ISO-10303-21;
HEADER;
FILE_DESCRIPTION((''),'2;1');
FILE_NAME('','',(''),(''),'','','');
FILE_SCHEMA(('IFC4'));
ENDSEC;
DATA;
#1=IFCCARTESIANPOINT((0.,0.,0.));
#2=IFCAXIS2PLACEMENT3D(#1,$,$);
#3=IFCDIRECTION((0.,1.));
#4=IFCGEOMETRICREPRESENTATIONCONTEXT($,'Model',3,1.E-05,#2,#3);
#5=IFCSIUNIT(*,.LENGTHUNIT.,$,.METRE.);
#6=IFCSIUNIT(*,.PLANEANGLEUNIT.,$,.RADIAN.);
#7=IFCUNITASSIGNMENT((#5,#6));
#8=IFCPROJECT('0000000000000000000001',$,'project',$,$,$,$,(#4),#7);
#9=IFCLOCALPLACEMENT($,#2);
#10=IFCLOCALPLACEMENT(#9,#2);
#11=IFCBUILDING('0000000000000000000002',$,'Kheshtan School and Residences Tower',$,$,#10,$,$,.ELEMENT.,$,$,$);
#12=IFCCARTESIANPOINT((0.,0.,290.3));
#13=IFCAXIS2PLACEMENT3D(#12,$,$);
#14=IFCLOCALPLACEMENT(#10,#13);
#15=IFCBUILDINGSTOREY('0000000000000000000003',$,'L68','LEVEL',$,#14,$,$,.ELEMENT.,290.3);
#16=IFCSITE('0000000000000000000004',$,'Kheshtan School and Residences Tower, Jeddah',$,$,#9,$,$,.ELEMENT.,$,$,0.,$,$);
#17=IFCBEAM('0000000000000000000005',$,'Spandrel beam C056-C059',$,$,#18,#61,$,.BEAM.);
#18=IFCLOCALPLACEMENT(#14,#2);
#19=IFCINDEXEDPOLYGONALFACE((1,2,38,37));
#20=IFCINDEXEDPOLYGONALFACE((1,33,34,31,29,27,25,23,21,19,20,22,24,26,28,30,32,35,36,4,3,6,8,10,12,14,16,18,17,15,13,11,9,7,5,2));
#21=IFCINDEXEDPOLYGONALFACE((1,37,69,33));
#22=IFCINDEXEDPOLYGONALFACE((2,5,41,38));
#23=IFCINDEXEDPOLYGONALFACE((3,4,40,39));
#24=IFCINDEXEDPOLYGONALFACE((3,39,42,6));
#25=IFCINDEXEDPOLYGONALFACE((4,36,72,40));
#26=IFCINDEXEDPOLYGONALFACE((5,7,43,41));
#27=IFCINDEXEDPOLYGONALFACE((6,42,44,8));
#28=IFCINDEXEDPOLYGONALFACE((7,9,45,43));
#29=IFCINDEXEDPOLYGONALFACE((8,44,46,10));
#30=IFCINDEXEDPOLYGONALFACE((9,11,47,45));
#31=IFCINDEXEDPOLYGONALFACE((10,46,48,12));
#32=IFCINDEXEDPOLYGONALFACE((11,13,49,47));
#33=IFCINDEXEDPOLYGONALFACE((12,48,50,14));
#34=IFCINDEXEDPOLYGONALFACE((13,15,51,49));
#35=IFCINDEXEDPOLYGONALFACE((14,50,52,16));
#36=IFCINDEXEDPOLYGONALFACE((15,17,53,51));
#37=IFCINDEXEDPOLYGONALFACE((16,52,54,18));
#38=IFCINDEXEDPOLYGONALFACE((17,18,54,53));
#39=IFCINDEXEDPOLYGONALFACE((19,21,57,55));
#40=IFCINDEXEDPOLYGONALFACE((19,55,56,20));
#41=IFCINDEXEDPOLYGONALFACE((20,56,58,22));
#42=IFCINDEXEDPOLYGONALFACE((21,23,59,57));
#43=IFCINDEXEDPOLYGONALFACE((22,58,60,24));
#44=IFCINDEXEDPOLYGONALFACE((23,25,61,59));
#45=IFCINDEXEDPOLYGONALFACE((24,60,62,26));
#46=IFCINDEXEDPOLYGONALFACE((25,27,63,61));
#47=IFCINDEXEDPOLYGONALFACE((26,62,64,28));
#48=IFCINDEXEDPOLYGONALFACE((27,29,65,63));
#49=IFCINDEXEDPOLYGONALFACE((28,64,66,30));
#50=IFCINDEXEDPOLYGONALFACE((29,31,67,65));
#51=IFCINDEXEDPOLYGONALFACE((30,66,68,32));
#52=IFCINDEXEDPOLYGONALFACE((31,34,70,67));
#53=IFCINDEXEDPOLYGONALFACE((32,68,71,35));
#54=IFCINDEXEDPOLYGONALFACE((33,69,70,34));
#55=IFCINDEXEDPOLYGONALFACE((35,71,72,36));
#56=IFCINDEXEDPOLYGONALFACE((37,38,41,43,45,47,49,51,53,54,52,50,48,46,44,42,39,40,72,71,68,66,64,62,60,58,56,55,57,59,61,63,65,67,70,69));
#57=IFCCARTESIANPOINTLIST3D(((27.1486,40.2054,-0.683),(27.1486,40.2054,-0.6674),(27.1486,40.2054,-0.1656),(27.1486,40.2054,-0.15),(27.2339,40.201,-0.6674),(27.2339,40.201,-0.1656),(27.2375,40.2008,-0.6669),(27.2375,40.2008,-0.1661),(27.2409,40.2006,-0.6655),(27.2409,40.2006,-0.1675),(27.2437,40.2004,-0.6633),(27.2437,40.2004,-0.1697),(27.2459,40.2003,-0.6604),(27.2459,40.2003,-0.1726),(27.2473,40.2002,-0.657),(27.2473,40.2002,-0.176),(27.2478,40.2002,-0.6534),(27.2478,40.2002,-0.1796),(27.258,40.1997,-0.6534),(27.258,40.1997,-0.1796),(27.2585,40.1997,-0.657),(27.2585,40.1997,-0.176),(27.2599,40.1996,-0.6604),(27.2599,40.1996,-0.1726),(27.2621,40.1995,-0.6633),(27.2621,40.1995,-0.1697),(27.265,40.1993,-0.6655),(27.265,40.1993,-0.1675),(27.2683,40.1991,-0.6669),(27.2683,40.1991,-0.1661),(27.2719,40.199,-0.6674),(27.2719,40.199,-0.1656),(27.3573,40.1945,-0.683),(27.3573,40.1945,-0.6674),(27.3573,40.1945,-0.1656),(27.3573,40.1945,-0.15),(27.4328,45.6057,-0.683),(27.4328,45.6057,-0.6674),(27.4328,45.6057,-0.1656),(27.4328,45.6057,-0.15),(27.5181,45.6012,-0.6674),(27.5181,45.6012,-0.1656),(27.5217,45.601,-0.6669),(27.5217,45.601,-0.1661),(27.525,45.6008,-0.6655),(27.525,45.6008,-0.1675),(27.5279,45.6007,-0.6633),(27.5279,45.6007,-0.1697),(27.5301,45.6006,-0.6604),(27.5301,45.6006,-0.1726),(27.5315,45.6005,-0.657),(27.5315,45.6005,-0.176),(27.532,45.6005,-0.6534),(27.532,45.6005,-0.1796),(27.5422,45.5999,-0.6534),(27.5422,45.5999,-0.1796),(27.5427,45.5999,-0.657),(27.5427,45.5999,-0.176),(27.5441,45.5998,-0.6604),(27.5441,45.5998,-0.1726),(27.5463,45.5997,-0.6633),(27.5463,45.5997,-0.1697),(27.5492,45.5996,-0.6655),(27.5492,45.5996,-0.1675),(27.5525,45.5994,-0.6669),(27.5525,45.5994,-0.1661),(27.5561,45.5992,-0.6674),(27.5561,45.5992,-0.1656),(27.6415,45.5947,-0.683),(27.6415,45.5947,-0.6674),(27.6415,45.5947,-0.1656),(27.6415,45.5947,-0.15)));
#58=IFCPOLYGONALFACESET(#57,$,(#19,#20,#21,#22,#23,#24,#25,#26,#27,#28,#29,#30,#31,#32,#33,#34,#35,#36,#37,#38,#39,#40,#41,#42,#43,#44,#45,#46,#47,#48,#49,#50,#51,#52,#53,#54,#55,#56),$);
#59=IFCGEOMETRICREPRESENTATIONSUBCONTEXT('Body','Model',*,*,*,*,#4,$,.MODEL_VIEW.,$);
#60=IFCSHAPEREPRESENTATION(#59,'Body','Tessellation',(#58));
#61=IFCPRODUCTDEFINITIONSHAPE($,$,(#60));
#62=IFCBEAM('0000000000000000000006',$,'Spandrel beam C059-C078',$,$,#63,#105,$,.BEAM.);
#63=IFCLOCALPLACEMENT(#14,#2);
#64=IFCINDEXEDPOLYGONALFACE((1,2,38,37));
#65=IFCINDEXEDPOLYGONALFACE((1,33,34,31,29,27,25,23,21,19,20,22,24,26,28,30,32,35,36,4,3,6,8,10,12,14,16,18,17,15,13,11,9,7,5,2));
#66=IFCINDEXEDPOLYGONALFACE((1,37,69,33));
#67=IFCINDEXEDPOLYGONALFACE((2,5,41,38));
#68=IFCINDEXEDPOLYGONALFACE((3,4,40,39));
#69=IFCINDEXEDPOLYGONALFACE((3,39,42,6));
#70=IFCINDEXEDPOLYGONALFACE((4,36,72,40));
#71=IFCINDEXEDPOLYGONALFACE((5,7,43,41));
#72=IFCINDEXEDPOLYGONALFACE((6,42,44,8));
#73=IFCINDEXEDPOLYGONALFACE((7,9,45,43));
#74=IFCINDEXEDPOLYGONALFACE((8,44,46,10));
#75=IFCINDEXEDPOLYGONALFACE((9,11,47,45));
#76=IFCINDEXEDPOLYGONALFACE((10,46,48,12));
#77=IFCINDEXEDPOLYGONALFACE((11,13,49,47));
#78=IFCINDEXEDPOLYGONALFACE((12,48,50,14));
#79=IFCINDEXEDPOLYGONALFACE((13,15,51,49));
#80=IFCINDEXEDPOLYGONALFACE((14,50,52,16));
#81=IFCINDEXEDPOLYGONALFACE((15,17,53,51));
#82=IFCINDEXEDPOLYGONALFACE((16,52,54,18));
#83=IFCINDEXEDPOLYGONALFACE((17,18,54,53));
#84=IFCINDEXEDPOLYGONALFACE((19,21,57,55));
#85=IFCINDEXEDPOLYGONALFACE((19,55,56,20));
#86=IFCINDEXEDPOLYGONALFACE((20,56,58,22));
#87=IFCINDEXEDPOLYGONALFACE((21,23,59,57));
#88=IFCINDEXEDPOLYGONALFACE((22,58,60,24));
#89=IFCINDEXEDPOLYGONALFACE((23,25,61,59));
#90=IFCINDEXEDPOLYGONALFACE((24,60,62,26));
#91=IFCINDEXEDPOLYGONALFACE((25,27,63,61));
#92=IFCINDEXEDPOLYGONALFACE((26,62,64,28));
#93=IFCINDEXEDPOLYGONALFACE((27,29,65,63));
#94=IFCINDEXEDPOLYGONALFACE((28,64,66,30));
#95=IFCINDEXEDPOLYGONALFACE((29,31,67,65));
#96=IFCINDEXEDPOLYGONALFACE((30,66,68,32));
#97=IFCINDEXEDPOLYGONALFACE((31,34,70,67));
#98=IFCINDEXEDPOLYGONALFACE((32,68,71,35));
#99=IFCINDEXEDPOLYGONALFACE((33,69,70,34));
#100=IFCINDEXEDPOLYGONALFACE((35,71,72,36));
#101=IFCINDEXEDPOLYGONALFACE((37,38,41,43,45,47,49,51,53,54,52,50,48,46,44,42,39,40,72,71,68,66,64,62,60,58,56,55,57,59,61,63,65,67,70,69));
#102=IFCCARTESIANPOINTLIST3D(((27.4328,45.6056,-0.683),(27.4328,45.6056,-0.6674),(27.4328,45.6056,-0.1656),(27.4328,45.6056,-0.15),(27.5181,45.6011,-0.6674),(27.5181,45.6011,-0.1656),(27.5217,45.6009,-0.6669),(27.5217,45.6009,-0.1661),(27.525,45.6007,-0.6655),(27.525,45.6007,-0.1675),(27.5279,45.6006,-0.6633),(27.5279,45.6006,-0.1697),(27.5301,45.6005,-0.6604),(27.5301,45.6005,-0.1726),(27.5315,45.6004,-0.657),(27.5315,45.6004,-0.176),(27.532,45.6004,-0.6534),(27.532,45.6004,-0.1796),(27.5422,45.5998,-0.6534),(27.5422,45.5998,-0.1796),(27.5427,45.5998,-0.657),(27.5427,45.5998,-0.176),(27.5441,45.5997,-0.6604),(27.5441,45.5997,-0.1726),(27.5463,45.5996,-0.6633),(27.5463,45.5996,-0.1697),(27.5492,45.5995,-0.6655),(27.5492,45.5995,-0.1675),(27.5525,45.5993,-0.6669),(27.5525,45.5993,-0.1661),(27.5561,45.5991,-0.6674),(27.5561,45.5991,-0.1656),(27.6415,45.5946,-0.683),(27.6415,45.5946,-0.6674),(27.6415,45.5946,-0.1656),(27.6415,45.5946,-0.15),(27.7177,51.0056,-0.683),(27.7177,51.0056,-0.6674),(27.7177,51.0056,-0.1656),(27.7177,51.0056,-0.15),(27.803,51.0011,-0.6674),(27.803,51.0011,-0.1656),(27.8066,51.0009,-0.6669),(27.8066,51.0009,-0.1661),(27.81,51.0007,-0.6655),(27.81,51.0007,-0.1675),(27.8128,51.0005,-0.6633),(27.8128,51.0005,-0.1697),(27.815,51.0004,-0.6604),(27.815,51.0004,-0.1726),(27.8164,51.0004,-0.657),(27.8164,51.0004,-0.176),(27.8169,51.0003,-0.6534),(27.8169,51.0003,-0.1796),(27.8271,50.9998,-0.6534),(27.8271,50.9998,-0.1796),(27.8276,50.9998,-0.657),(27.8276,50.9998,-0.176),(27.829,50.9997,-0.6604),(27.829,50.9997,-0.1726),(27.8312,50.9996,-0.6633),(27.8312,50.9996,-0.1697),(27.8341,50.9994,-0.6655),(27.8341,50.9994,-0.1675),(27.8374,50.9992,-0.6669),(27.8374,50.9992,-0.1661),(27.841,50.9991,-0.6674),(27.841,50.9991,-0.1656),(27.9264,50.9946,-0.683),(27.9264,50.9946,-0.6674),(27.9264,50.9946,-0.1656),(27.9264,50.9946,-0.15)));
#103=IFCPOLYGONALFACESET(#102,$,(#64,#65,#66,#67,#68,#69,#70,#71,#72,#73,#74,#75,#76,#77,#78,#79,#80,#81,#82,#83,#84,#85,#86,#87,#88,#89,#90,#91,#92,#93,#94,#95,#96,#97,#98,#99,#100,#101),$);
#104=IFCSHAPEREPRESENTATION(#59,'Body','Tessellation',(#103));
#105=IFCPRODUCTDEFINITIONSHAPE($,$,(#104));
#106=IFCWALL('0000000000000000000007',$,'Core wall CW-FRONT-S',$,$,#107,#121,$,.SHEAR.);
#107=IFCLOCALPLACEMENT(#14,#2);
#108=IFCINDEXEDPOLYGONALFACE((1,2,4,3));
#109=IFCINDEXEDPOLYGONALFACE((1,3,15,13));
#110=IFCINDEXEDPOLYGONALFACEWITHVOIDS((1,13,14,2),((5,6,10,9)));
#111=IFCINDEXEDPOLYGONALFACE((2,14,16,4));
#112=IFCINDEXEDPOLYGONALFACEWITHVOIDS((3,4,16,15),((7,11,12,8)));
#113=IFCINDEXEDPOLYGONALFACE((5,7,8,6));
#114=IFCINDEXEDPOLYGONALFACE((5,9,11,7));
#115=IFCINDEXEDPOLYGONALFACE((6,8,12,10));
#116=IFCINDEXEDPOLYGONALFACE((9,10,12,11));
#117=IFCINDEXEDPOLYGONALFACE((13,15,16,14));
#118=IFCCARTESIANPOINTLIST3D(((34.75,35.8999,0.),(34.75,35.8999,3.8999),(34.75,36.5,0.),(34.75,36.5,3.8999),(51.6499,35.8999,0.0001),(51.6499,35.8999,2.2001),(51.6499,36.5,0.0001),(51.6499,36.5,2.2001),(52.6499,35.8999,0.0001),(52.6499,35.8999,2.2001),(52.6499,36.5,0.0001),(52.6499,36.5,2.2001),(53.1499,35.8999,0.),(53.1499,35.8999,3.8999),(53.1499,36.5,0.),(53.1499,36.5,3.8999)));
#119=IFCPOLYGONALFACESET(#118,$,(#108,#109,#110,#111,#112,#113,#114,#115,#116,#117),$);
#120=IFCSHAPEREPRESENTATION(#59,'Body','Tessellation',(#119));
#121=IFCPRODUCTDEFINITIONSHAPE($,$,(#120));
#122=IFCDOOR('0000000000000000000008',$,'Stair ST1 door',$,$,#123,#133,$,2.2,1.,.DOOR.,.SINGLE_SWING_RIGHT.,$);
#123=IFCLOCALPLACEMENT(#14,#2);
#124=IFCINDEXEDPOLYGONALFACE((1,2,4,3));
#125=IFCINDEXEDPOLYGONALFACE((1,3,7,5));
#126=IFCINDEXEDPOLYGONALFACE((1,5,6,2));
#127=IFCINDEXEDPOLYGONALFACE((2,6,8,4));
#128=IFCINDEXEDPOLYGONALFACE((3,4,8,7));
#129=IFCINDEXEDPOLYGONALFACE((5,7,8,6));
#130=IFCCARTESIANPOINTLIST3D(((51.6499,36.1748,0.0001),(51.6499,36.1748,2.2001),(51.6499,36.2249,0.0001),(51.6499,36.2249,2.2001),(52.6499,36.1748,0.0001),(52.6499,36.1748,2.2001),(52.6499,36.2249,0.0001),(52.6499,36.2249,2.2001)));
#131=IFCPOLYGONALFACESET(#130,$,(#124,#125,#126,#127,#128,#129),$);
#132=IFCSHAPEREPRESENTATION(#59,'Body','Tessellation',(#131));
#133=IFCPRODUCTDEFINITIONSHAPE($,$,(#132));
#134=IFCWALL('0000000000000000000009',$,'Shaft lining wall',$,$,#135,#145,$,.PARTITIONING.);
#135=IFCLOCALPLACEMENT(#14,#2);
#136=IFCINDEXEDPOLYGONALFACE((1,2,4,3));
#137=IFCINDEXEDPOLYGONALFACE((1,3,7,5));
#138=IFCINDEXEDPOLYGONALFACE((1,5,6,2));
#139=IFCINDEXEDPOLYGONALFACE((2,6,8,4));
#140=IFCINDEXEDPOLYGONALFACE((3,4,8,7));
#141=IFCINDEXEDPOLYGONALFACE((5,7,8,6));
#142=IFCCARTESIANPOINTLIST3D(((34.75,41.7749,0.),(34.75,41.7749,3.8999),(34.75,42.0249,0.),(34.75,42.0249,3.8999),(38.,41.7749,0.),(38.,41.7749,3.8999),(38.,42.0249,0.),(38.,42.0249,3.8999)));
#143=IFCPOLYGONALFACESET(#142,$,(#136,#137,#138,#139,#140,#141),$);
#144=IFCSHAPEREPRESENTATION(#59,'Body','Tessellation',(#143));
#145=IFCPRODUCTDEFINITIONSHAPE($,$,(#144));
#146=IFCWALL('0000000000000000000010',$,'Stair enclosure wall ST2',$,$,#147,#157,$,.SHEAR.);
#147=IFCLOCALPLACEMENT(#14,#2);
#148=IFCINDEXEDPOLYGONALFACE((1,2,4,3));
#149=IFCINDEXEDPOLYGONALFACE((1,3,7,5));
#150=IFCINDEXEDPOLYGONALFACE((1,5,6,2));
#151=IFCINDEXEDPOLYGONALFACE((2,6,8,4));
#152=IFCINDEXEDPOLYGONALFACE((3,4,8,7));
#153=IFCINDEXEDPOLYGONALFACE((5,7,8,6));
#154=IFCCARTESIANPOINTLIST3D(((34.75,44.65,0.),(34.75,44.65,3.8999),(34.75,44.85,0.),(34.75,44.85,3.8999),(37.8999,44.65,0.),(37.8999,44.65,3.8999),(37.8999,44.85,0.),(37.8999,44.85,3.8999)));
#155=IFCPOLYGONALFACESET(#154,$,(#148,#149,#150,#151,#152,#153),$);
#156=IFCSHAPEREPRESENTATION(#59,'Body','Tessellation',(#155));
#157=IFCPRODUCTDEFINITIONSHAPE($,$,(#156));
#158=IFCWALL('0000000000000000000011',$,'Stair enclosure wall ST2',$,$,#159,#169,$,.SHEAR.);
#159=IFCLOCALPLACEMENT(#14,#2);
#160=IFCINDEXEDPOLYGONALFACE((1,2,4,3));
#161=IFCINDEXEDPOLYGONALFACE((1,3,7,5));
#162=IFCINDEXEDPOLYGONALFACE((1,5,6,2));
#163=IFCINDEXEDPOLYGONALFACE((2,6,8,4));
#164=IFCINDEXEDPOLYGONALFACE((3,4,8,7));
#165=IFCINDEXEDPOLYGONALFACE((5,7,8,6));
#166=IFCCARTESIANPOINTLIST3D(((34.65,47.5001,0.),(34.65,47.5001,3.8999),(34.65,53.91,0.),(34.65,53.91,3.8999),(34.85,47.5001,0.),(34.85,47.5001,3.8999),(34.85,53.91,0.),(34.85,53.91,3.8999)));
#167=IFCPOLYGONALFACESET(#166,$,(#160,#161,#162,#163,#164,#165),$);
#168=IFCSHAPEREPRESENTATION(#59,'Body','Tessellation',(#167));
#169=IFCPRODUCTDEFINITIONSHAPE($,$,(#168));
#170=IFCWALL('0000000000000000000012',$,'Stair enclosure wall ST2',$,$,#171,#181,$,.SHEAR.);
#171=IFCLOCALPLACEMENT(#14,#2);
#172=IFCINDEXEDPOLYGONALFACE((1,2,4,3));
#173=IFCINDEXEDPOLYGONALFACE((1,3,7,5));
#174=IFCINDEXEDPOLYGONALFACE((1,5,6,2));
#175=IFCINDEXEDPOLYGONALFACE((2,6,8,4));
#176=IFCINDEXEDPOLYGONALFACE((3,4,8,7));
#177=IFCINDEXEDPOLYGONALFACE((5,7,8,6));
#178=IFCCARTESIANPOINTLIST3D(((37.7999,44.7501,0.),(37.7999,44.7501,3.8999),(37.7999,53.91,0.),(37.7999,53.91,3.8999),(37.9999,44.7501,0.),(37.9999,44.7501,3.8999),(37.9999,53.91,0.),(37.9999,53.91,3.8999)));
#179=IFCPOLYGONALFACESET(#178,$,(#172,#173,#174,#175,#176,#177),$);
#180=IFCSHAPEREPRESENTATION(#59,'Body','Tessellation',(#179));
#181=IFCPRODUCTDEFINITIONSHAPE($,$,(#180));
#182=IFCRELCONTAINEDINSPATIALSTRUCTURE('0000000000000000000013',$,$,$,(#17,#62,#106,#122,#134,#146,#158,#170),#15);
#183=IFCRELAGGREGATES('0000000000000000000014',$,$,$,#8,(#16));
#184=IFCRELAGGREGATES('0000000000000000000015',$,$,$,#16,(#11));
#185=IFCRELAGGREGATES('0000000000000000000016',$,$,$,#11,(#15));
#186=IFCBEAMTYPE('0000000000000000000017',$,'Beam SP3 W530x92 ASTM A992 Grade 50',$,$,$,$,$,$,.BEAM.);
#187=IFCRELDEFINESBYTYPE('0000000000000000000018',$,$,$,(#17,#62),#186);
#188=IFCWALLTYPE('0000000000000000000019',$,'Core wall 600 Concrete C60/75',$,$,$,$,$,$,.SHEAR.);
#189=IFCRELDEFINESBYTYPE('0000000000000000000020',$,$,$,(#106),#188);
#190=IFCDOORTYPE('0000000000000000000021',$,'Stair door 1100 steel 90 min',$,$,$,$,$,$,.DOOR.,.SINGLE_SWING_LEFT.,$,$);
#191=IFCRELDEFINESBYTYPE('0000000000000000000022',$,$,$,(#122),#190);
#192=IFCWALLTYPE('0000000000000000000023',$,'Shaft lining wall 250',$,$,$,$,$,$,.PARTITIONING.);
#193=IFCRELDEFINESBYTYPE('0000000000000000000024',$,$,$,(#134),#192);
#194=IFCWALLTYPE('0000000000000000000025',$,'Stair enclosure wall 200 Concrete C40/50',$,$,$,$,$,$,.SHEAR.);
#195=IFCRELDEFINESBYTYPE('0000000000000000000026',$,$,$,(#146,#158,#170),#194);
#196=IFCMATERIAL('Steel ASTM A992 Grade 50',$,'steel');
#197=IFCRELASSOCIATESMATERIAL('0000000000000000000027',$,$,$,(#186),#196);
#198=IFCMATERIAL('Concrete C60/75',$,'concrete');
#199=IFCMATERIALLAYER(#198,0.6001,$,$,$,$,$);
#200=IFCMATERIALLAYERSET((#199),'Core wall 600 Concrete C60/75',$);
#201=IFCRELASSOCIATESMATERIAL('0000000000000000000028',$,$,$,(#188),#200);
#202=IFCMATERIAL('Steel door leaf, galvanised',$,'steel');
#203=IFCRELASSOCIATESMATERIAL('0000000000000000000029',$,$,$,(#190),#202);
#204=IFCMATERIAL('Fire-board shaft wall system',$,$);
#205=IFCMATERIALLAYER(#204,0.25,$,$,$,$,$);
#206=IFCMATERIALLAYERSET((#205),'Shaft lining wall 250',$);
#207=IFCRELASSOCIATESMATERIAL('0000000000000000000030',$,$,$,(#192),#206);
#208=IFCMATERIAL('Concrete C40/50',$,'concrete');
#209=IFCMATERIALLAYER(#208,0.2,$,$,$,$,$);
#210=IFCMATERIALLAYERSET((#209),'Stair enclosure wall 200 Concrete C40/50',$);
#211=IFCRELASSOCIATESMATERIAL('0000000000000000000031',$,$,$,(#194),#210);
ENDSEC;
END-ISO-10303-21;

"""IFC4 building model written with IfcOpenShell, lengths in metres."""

from ifc_helpers import new_model, si_unit, direction, frame, frame_2d, origin, origin_2d, place, context, subcontext, project, spatial, rectangle, i_section, extrude, source, transform, mapped, material, layer, layer_set, material_profile, profile_set, type_object, element, fill, save


model = new_model("IFC4")

# Units and contexts
model_context = context("Model", 3, precision=1e-05, world=origin(), true_north=direction((0.0, 1.0)))
body_context = subcontext(model_context, "Body", "Model", "MODEL_VIEW")
ifc_project = project(units=[si_unit("LENGTHUNIT", "METRE"), si_unit("PLANEANGLEUNIT", "RADIAN")], contexts=[model_context])

# Site, building, storey
site_placement = place(None, origin())
site = spatial("IfcSite", under=ifc_project, at=site_placement, Name="Kheshtan School and Residences Tower, Jeddah", CompositionType="ELEMENT", RefElevation=0.0)
building_placement = place(site_placement, origin())
building = spatial("IfcBuilding", under=site, at=building_placement, Name="Kheshtan School and Residences Tower", CompositionType="ELEMENT")
storey_placement = place(building_placement, frame((0.0, 0.0, 290.3)))
storey = spatial("IfcBuildingStorey", under=building, at=storey_placement, Name="L68", Description="LEVEL", CompositionType="ELEMENT", Elevation=290.3)

# Shared definitions
ifc_material_1 = material(Name="Steel ASTM A992 Grade 50", Category="steel")

# Beams
ifc_material_profile_1 = material_profile(ifc_material_1, i_section(OverallWidth=0.209, OverallDepth=0.533, WebThickness=0.0103, FlangeThickness=0.0156, FilletRadius=0.0139, at=origin_2d()), Name="W530x92")
ifc_profile_set_1 = profile_set([ifc_material_profile_1], Name="Steel ASTM A992 Grade 50")
beam_type_1 = type_object("IfcBeamType", Name="Beam SP3 W530x92 ASTM A992 Grade 50", PredefinedType="BEAM", material=ifc_profile_set_1)
beam_1_placement = place(storey_placement, frame((27.2529, 40.2, -0.4165), z_axis=(0.052552, 0.998618, 0.0), x_axis=(-0.998618, 0.052552, 0.0)))
element("IfcBeam", 1, at=beam_1_placement, inside=storey, type_object=beam_type_1, Name="Spandrel beam C056-C059", PredefinedType="BEAM", context=body_context, shape_type="SweptSolid", body=[
    extrude(i_section(OverallWidth=0.209, OverallDepth=0.533, WebThickness=0.0103, FlangeThickness=0.0156, FilletRadius=0.0139, at=origin_2d()), origin(), (0.0, 0.0, 1.0), 5.4077),
])
beam_2_placement = place(storey_placement, frame((27.5371, 45.6001, -0.4165), z_axis=(0.052689, 0.998611, 0.0), x_axis=(-0.998611, 0.052689, 0.0)))
element("IfcBeam", 2, at=beam_2_placement, inside=storey, type_object=beam_type_1, Name="Spandrel beam C059-C078", PredefinedType="BEAM", context=body_context, shape_type="SweptSolid", body=[
    extrude(i_section(OverallWidth=0.209, OverallDepth=0.533, WebThickness=0.0103, FlangeThickness=0.0156, FilletRadius=0.0139, at=origin_2d()), origin(), (0.0, 0.0, 1.0), 5.4075),
])

# Wall, opening, door
ifc_material_2 = material(Name="Concrete C60/75", Category="concrete")
ifc_layer_1 = layer(ifc_material_2, 0.6001)
ifc_layer_set_1 = layer_set([ifc_layer_1], Name="Core wall 600 Concrete C60/75")
wall_type_1 = type_object("IfcWallType", Name="Core wall 600 Concrete C60/75", PredefinedType="SHEAR", material=ifc_layer_set_1)
wall_1_placement = place(storey_placement, frame((34.75, 36.2, 0.0), z_axis=(0.0, 0.0, 1.0), x_axis=(1.0, 0.0, 0.0)))
wall_1 = element("IfcWall", 3, at=wall_1_placement, inside=storey, type_object=wall_type_1, Name="Core wall CW-FRONT-S", PredefinedType="SHEAR", context=body_context, shape_type="SweptSolid", body=[
    extrude(rectangle(XDim=18.3999, YDim=0.6001, at=frame_2d((9.2, 0.0))), origin(), (0.0, 0.0, 1.0), 3.8999),
])
opening_placement = place(wall_1_placement, frame((16.8999, 0.0, 0.0)))
opening = element("IfcOpeningElement", 4, at=opening_placement, cuts=wall_1, PredefinedType="OPENING", context=body_context, shape_type="SweptSolid", body=[
    extrude(rectangle(XDim=1.0, YDim=2.2, at=frame_2d((0.5, 1.1001))), frame((0.0, 0.3101, 0.0), z_axis=(0.0, -1.0, 0.0), x_axis=(1.0, 0.0, 0.0)), (0.0, 0.0, 1.0), 0.6201),
])
ifc_material_3 = material(Name="Steel door leaf, galvanised", Category="steel")
door_type = type_object("IfcDoorType", Name="Stair door 1100 steel 90 min", OperationType="SINGLE_SWING_LEFT", PredefinedType="DOOR", material=ifc_material_3)
shared_shape = source(origin(), body_context, "Body", "SweptSolid", [
    extrude(rectangle(XDim=1.0, YDim=2.2, at=frame_2d((0.5, 1.1001))), frame((0.0, 0.0249, 0.0), z_axis=(0.0, -1.0, 0.0), x_axis=(1.0, 0.0, 0.0)), (0.0, 0.0, 1.0), 0.05),
])
door_placement = place(opening_placement, origin())
door = element("IfcDoor", 5, at=door_placement, inside=storey, type_object=door_type, Name="Stair ST1 door", OperationType="SINGLE_SWING_RIGHT", OverallHeight=2.2, OverallWidth=1.0, PredefinedType="DOOR", context=body_context, shape_type="MappedRepresentation", body=[
    mapped(shared_shape, transform((0.0, 0.0, 0.0), x_axis=(1.0, 0.0, 0.0), y_axis=(0.0, 1.0, 0.0), z_axis=(0.0, 0.0, 1.0), scale=1.0)),
])
fill(opening, door)

# Walls
ifc_material_4 = material(Name="Fire-board shaft wall system")
ifc_layer_2 = layer(ifc_material_4, 0.25)
ifc_layer_set_2 = layer_set([ifc_layer_2], Name="Shaft lining wall 250")
wall_type_2 = type_object("IfcWallType", Name="Shaft lining wall 250", PredefinedType="PARTITIONING", material=ifc_layer_set_2)
wall_2_placement = place(storey_placement, frame((34.75, 41.8999, 0.0), z_axis=(0.0, 0.0, 1.0), x_axis=(1.0, 0.0, 0.0)))
element("IfcWall", 6, at=wall_2_placement, inside=storey, type_object=wall_type_2, Name="Shaft lining wall", PredefinedType="PARTITIONING", context=body_context, shape_type="SweptSolid", body=[
    extrude(rectangle(XDim=3.25, YDim=0.25, at=frame_2d((1.625, 0.0))), origin(), (0.0, 0.0, 1.0), 3.8999),
])
ifc_material_5 = material(Name="Concrete C40/50", Category="concrete")
ifc_layer_3 = layer(ifc_material_5, 0.2)
ifc_layer_set_3 = layer_set([ifc_layer_3], Name="Stair enclosure wall 200 Concrete C40/50")
wall_type_3 = type_object("IfcWallType", Name="Stair enclosure wall 200 Concrete C40/50", PredefinedType="SHEAR", material=ifc_layer_set_3)
wall_3_placement = place(storey_placement, frame((34.75, 44.75, 0.0), z_axis=(0.0, 0.0, 1.0), x_axis=(1.0, 0.0, 0.0)))
element("IfcWall", 7, at=wall_3_placement, inside=storey, type_object=wall_type_3, Name="Stair enclosure wall ST2", PredefinedType="SHEAR", context=body_context, shape_type="SweptSolid", body=[
    extrude(rectangle(XDim=3.1499, YDim=0.2, at=frame_2d((1.575, 0.0))), origin(), (0.0, 0.0, 1.0), 3.8999),
])
wall_4_placement = place(storey_placement, frame((34.75, 47.5, 0.0), z_axis=(0.0, 0.0, 1.0), x_axis=(0.0, 1.0, 0.0)))
element("IfcWall", 8, at=wall_4_placement, inside=storey, type_object=wall_type_3, Name="Stair enclosure wall ST2", PredefinedType="SHEAR", context=body_context, shape_type="SweptSolid", body=[
    extrude(rectangle(XDim=6.4099, YDim=0.2, at=frame_2d((3.2051, 0.0))), origin(), (0.0, 0.0, 1.0), 3.8999),
])
wall_5_placement = place(storey_placement, frame((37.8999, 44.75, 0.0), z_axis=(0.0, 0.0, 1.0), x_axis=(0.0, 1.0, 0.0)))
element("IfcWall", 9, at=wall_5_placement, inside=storey, type_object=wall_type_3, Name="Stair enclosure wall ST2", PredefinedType="SHEAR", context=body_context, shape_type="SweptSolid", body=[
    extrude(rectangle(XDim=9.1599, YDim=0.2, at=frame_2d((4.5801, 0.0))), origin(), (0.0, 0.0, 1.0), 3.8999),
])

save(model, "model.ifc")
